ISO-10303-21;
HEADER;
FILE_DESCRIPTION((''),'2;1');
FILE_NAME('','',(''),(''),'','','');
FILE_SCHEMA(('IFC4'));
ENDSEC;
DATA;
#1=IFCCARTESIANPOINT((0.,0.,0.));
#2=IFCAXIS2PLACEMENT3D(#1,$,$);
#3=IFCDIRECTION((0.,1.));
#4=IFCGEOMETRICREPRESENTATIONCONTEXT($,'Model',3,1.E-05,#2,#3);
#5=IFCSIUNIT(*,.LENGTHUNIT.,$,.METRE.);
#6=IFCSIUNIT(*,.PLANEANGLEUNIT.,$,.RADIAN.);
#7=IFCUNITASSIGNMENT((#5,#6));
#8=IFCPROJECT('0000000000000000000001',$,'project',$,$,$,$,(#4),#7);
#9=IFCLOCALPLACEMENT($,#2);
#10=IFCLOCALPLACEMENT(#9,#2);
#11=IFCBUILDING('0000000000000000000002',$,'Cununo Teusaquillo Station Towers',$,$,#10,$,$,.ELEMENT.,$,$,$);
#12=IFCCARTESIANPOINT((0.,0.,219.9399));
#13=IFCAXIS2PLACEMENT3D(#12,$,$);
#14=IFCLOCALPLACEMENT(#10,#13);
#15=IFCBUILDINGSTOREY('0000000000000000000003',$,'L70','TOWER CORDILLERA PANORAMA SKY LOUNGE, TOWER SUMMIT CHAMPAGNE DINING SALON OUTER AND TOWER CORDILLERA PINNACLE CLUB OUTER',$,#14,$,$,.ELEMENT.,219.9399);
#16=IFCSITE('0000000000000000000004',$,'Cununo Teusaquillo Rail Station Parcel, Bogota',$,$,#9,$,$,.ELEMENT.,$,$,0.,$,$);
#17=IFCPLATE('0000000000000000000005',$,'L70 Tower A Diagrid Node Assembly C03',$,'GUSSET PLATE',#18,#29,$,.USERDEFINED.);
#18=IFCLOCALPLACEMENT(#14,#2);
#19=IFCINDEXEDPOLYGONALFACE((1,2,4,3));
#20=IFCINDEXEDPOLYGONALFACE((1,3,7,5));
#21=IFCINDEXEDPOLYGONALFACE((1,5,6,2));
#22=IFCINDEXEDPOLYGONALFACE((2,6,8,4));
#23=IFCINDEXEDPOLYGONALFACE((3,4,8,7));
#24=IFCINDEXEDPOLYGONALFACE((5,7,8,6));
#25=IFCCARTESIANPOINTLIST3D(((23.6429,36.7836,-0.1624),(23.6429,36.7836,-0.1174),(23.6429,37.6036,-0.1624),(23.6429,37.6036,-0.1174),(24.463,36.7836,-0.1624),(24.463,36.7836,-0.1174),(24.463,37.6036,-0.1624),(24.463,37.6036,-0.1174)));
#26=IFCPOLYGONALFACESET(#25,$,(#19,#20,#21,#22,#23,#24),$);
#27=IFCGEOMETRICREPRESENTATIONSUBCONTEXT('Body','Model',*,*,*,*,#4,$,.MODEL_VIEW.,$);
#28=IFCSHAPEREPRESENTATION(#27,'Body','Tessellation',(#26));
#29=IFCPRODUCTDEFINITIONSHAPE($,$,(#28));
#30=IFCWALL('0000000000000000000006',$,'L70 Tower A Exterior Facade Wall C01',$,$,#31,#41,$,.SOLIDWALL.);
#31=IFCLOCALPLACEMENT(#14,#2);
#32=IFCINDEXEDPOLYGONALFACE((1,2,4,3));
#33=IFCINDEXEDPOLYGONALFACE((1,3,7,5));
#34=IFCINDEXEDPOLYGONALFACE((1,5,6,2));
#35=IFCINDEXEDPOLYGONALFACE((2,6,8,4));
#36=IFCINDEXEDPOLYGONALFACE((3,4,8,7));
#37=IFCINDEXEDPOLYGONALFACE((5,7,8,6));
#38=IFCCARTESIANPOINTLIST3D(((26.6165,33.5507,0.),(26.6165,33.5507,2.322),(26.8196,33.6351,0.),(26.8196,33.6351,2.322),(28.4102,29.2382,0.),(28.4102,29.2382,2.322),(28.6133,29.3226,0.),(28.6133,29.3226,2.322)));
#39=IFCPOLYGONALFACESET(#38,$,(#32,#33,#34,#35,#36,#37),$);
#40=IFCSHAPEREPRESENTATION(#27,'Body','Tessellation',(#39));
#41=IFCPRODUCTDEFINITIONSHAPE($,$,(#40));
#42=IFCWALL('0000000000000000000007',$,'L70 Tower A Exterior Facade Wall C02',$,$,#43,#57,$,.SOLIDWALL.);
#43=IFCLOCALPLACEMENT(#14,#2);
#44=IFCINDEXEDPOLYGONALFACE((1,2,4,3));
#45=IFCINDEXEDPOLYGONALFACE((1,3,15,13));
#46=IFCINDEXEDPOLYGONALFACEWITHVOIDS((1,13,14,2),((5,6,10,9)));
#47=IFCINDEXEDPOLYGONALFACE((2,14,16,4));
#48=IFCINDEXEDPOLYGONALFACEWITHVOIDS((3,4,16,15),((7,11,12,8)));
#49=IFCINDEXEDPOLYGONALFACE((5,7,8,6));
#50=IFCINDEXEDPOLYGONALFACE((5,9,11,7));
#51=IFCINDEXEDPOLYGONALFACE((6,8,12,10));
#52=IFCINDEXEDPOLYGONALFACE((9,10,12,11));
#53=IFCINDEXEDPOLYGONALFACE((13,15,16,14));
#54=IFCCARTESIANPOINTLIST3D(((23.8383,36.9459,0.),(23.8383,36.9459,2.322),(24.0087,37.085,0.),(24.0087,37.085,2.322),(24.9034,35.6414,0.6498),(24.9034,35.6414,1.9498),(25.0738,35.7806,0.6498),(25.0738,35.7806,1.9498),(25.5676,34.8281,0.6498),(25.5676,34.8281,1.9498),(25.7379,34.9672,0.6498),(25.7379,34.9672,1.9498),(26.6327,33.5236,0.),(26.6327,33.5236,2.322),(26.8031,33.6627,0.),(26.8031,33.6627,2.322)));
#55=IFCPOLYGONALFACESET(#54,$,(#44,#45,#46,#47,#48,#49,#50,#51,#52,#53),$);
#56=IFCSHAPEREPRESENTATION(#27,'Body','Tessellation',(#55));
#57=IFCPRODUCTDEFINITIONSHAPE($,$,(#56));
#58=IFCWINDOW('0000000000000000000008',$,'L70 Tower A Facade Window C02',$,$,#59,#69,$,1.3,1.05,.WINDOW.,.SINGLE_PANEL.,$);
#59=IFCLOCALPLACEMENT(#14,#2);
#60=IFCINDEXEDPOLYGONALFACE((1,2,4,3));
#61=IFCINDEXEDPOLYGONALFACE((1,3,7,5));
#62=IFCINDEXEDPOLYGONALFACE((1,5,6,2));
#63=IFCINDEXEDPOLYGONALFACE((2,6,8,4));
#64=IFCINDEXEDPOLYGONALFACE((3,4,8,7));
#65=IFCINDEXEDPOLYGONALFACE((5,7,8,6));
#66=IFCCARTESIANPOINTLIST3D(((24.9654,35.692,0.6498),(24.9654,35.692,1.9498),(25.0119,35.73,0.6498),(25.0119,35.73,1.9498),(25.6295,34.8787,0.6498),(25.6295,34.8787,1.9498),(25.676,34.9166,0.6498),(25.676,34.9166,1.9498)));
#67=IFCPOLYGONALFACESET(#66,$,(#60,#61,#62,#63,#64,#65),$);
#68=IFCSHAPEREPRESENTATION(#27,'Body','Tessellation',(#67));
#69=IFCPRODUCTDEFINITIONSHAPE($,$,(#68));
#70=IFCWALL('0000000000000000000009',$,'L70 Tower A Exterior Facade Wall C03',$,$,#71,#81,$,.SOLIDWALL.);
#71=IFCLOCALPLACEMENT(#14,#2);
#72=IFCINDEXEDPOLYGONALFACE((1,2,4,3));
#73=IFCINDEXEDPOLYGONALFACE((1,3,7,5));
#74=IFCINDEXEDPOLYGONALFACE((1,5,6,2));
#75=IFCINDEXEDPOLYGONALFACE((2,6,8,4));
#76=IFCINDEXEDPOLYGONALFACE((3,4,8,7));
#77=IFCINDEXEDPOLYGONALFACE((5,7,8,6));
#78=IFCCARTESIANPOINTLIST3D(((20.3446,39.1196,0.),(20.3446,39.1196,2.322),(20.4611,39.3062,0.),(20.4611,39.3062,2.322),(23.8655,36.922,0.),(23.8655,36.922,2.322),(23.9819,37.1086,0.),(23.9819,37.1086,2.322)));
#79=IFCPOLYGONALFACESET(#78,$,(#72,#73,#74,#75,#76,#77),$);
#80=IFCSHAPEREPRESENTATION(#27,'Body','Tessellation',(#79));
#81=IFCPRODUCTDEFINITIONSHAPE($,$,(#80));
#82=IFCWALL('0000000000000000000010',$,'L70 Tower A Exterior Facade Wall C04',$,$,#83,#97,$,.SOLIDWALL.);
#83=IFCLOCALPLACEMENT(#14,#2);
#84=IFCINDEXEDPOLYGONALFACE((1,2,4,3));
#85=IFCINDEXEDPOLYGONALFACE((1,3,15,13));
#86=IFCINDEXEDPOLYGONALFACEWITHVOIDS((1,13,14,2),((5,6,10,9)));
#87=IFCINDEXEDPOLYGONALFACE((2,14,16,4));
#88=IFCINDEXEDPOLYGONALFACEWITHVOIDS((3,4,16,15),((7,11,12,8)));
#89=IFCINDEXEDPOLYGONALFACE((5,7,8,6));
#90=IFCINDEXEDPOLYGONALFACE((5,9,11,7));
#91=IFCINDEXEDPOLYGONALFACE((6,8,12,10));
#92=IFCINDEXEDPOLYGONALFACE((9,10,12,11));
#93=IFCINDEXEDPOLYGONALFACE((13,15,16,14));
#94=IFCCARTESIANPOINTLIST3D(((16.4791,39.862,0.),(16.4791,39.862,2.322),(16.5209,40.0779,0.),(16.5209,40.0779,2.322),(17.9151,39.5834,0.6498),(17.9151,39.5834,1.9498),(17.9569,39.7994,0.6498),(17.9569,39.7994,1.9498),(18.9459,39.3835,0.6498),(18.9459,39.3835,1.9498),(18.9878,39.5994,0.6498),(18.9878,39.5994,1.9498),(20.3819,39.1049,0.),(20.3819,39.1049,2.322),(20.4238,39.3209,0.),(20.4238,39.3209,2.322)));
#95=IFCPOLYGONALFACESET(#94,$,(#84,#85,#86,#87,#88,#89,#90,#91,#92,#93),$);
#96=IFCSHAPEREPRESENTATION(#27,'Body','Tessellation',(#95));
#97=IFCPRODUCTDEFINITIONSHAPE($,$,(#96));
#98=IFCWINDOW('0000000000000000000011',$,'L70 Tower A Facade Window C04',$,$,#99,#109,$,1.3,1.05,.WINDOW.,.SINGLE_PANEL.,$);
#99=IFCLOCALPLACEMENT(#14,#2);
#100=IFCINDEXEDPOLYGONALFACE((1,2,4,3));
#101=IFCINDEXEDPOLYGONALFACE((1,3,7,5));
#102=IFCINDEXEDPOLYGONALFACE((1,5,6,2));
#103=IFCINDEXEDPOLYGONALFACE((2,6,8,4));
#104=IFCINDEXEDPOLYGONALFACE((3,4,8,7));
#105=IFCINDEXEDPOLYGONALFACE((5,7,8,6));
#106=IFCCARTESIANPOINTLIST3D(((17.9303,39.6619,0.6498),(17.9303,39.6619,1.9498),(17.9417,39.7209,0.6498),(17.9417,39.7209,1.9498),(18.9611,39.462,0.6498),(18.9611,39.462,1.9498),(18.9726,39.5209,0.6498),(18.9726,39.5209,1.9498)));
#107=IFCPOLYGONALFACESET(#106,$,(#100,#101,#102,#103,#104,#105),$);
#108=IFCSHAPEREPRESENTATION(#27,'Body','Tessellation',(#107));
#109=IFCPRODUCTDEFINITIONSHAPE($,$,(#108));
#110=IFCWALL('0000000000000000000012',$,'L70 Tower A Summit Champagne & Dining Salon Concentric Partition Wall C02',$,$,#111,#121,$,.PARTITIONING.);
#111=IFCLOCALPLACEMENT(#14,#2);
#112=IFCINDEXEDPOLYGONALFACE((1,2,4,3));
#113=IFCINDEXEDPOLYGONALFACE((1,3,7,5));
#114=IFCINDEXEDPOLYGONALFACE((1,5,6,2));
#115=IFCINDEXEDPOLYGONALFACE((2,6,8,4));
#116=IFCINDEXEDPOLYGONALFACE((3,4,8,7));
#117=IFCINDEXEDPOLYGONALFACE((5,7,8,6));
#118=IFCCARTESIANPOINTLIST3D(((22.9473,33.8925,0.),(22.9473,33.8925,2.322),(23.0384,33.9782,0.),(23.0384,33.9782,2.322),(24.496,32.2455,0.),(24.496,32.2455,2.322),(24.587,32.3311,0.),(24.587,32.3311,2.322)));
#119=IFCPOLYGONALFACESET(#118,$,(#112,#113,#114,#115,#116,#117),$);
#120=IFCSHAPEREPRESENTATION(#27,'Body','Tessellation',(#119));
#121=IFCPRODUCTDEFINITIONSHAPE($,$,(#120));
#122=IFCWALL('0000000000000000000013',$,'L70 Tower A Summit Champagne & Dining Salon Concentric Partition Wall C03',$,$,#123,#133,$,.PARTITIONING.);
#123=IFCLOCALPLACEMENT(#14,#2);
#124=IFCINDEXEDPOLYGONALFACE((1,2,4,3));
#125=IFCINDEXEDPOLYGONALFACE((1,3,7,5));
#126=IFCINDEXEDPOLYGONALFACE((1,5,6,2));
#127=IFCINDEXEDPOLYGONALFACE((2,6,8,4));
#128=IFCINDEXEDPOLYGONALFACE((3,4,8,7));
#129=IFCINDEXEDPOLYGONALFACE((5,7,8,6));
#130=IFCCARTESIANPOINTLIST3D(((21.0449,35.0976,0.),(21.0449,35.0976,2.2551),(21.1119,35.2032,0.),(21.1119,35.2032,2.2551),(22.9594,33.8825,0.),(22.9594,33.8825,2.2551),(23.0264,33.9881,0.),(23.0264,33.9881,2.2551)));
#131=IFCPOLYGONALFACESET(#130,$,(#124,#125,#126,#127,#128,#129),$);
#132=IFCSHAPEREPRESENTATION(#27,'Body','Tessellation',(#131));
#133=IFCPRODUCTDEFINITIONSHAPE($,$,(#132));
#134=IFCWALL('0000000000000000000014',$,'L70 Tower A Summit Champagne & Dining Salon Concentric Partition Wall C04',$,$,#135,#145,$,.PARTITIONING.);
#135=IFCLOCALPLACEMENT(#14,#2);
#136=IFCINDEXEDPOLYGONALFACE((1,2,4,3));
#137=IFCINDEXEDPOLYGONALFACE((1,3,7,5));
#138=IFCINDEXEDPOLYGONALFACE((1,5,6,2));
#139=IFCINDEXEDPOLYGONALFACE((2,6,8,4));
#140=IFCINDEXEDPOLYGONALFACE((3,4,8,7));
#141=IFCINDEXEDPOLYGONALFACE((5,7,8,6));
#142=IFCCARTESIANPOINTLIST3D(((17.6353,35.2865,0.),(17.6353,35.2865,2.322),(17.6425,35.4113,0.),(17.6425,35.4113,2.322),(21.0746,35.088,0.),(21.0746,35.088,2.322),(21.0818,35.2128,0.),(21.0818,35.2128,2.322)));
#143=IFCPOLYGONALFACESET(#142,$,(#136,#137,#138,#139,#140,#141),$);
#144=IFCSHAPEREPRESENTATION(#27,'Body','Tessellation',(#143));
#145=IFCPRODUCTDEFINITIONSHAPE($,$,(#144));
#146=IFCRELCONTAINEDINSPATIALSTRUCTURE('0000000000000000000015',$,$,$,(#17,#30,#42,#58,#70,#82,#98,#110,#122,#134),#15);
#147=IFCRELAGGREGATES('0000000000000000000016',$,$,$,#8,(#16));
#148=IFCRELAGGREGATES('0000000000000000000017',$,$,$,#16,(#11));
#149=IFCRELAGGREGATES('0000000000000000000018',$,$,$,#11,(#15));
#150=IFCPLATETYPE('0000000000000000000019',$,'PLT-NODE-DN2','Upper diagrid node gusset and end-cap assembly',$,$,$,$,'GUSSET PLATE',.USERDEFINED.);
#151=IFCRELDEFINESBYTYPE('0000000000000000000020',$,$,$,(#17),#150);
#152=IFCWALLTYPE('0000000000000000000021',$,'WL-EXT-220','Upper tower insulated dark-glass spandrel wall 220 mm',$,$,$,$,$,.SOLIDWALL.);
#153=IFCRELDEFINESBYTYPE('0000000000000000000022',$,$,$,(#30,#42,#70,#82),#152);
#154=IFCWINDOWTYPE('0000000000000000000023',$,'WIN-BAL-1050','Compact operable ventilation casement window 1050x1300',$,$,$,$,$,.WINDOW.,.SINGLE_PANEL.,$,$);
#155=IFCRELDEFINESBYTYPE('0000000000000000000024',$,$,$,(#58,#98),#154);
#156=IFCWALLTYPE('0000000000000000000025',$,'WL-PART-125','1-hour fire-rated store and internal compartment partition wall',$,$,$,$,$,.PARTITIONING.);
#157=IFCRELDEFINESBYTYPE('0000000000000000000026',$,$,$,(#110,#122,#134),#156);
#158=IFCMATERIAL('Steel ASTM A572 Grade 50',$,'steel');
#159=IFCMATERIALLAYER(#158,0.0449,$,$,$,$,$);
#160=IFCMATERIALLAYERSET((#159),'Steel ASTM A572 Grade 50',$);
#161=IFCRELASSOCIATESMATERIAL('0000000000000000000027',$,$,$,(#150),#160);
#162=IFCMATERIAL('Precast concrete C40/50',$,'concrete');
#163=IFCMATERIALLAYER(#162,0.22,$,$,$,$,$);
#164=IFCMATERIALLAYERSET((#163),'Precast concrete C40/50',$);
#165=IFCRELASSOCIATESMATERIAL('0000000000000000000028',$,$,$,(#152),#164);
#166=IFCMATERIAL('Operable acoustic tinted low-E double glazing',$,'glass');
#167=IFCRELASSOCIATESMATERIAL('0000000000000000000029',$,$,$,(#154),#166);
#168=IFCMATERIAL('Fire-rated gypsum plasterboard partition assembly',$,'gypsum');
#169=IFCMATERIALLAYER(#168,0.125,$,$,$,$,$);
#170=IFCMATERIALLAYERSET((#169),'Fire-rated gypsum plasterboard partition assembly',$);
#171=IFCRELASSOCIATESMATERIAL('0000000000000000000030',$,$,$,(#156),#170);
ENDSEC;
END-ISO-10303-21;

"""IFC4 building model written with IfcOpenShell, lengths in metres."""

from ifc_helpers import new_model, si_unit, direction, frame, frame_2d, origin, origin_2d, place, context, subcontext, project, spatial, rectangle, extrude, source, transform, mapped, material, layer, layer_set, type_object, element, fill, save


model = new_model("IFC4")

# Units and contexts
model_context = context("Model", 3, precision=1e-05, world=origin(), true_north=direction((0.0, 1.0)))
body_context = subcontext(model_context, "Body", "Model", "MODEL_VIEW")
ifc_project = project(units=[si_unit("LENGTHUNIT", "METRE"), si_unit("PLANEANGLEUNIT", "RADIAN")], contexts=[model_context])

# Site, building, storey
site_placement = place(None, origin())
site = spatial("IfcSite", under=ifc_project, at=site_placement, Name="Cununo Teusaquillo Rail Station Parcel, Bogota", CompositionType="ELEMENT", RefElevation=0.0)
building_placement = place(site_placement, origin())
building = spatial("IfcBuilding", under=site, at=building_placement, Name="Cununo Teusaquillo Station Towers", CompositionType="ELEMENT")
storey_placement = place(building_placement, frame((0.0, 0.0, 219.9399)))
storey = spatial("IfcBuildingStorey", under=building, at=storey_placement, Name="L70", Description="TOWER CORDILLERA PANORAMA SKY LOUNGE, TOWER SUMMIT CHAMPAGNE DINING SALON OUTER AND TOWER CORDILLERA PINNACLE CLUB OUTER", CompositionType="ELEMENT", Elevation=219.9399)

# Plate
ifc_material_1 = material(Name="Steel ASTM A572 Grade 50", Category="steel")
ifc_layer_1 = layer(ifc_material_1, 0.0449)
ifc_layer_set_1 = layer_set([ifc_layer_1], Name="Steel ASTM A572 Grade 50")
plate_type = type_object("IfcPlateType", Name="PLT-NODE-DN2", Description="Upper diagrid node gusset and end-cap assembly", ElementType="GUSSET PLATE", PredefinedType="USERDEFINED", material=ifc_layer_set_1)
shared_shape_1 = source(origin(), body_context, "Body", "SweptSolid", [
    extrude(rectangle(XDim=0.8201, YDim=0.8201, at=origin_2d()), origin(), (0.0, 0.0, 1.0), 0.0449),
])
for number, where, z_axis, x_axis, name in (
    (1, (24.053, 37.1936, -0.1624), (0.0, 0.0, 1.0), (1.0, 0.0, 0.0), "L70 Tower A Diagrid Node Assembly C03"),
):
    element("IfcPlate", number, at=place(storey_placement, frame(where, z_axis=z_axis, x_axis=x_axis)), inside=storey, type_object=plate_type, Name=name, ObjectType="GUSSET PLATE", PredefinedType="USERDEFINED", context=body_context, shape_type="MappedRepresentation", body=[
        mapped(shared_shape_1, transform((0.0, 0.0, 0.0), x_axis=(1.0, 0.0, 0.0), y_axis=(0.0, 1.0, 0.0), z_axis=(0.0, 0.0, 1.0), scale=1.0)),
    ])

# Wall
ifc_material_2 = material(Name="Precast concrete C40/50", Category="concrete")
ifc_layer_2 = layer(ifc_material_2, 0.22)
ifc_layer_set_2 = layer_set([ifc_layer_2], Name="Precast concrete C40/50")
wall_type_1 = type_object("IfcWallType", Name="WL-EXT-220", Description="Upper tower insulated dark-glass spandrel wall 220 mm", PredefinedType="SOLIDWALL", material=ifc_layer_set_2)
wall_1_placement = place(storey_placement, frame((26.718, 33.593, 0.0), z_axis=(0.0, 0.0, 1.0), x_axis=(0.384036, -0.923318, 0.0)))
element("IfcWall", 2, at=wall_1_placement, inside=storey, type_object=wall_type_1, Name="L70 Tower A Exterior Facade Wall C01", PredefinedType="SOLIDWALL", context=body_context, shape_type="SweptSolid", body=[
    extrude(rectangle(XDim=4.6707, YDim=0.22, at=frame_2d((2.3354, 0.0))), origin(), (0.0, 0.0, 1.0), 2.322),
])

# Wall, opening, window
wall_2_placement = place(storey_placement, frame((23.9236, 37.0154, 0.0), z_axis=(0.0, 0.0, 1.0), x_axis=(0.632467, -0.774587, 0.0)))
wall_2 = element("IfcWall", 3, at=wall_2_placement, inside=storey, type_object=wall_type_1, Name="L70 Tower A Exterior Facade Wall C02", PredefinedType="SOLIDWALL", context=body_context, shape_type="SweptSolid", body=[
    extrude(rectangle(XDim=4.4182, YDim=0.22, at=frame_2d((2.209, 0.0))), origin(), (0.0, 0.0, 1.0), 2.322),
])
shared_shape_2 = source(origin(), body_context, "Body", "SweptSolid", [
    extrude(rectangle(XDim=1.05, YDim=1.3, at=frame_2d((0.5249, 0.6499))), frame((0.0, 0.1199, 0.0), z_axis=(0.0, -1.0, 0.0), x_axis=(1.0, 0.0, 0.0)), (0.0, 0.0, 1.0), 0.24),
])
opening_1_placement = place(wall_2_placement, frame((1.6841, 0.0, 0.6499)))
opening_1 = element("IfcOpeningElement", 4, at=opening_1_placement, cuts=wall_2, PredefinedType="OPENING", context=body_context, shape_type="MappedRepresentation", body=[
    mapped(shared_shape_2, transform((0.0, 0.0, 0.0), x_axis=(1.0, 0.0, 0.0), y_axis=(0.0, 1.0, 0.0), z_axis=(0.0, 0.0, 1.0), scale=1.0)),
])
ifc_material_3 = material(Name="Operable acoustic tinted low-E double glazing", Category="glass")
window_type = type_object("IfcWindowType", Name="WIN-BAL-1050", Description="Compact operable ventilation casement window 1050x1300", PartitioningType="SINGLE_PANEL", PredefinedType="WINDOW", material=ifc_material_3)
shared_shape_3 = source(origin(), body_context, "Body", "SweptSolid", [
    extrude(rectangle(XDim=1.05, YDim=1.3, at=frame_2d((0.5249, 0.6499))), frame((0.0, 0.03, 0.0), z_axis=(0.0, -1.0, 0.0), x_axis=(1.0, 0.0, 0.0)), (0.0, 0.0, 1.0), 0.0601),
])
window_1_placement = place(opening_1_placement, origin())
window_1 = element("IfcWindow", 5, at=window_1_placement, inside=storey, type_object=window_type, Name="L70 Tower A Facade Window C02", OverallHeight=1.3, OverallWidth=1.05, PartitioningType="SINGLE_PANEL", PredefinedType="WINDOW", context=body_context, shape_type="MappedRepresentation", body=[
    mapped(shared_shape_3, transform((0.0, 0.0, 0.0), x_axis=(1.0, 0.0, 0.0), y_axis=(0.0, 1.0, 0.0), z_axis=(0.0, 0.0, 1.0), scale=1.0)),
])
fill(opening_1, window_1)

# Wall
wall_3_placement = place(storey_placement, frame((20.4028, 39.2129, 0.0), z_axis=(0.0, 0.0, 1.0), x_axis=(0.848319, -0.529486, 0.0)))
element("IfcWall", 6, at=wall_3_placement, inside=storey, type_object=wall_type_1, Name="L70 Tower A Exterior Facade Wall C03", PredefinedType="SOLIDWALL", context=body_context, shape_type="SweptSolid", body=[
    extrude(rectangle(XDim=4.1504, YDim=0.22, at=frame_2d((2.0752, 0.0))), origin(), (0.0, 0.0, 1.0), 2.322),
])

# Wall, opening, window
wall_4_placement = place(storey_placement, frame((16.5, 39.97, 0.0), z_axis=(0.0, 0.0, 1.0), x_axis=(0.9817, -0.190432, 0.0)))
wall_4 = element("IfcWall", 7, at=wall_4_placement, inside=storey, type_object=wall_type_1, Name="L70 Tower A Exterior Facade Wall C04", PredefinedType="SOLIDWALL", context=body_context, shape_type="SweptSolid", body=[
    extrude(rectangle(XDim=3.9756, YDim=0.22, at=frame_2d((1.9878, 0.0))), origin(), (0.0, 0.0, 1.0), 2.322),
])
opening_2_placement = place(wall_4_placement, frame((1.4629, 0.0, 0.6499)))
opening_2 = element("IfcOpeningElement", 8, at=opening_2_placement, cuts=wall_4, PredefinedType="OPENING", context=body_context, shape_type="MappedRepresentation", body=[
    mapped(shared_shape_2, transform((0.0, 0.0, 0.0), x_axis=(1.0, 0.0, 0.0), y_axis=(0.0, 1.0, 0.0), z_axis=(0.0, 0.0, 1.0), scale=1.0)),
])
window_2_placement = place(opening_2_placement, origin())
window_2 = element("IfcWindow", 9, at=window_2_placement, inside=storey, type_object=window_type, Name="L70 Tower A Facade Window C04", OverallHeight=1.3, OverallWidth=1.05, PartitioningType="SINGLE_PANEL", PredefinedType="WINDOW", context=body_context, shape_type="MappedRepresentation", body=[
    mapped(shared_shape_3, transform((0.0, 0.0, 0.0), x_axis=(1.0, 0.0, 0.0), y_axis=(0.0, 1.0, 0.0), z_axis=(0.0, 0.0, 1.0), scale=1.0)),
])
fill(opening_2, window_2)

# Walls
ifc_material_4 = material(Name="Fire-rated gypsum plasterboard partition assembly", Category="gypsum")
ifc_layer_3 = layer(ifc_material_4, 0.125)
ifc_layer_set_3 = layer_set([ifc_layer_3], Name="Fire-rated gypsum plasterboard partition assembly")
wall_type_2 = type_object("IfcWallType", Name="WL-PART-125", Description="1-hour fire-rated store and internal compartment partition wall", PredefinedType="PARTITIONING", material=ifc_layer_set_3)
wall_5_placement = place(storey_placement, frame((24.5415, 32.2883, 0.0), z_axis=(0.0, 0.0, 1.0), x_axis=(-0.685011, 0.728533, 0.0)))
element("IfcWall", 10, at=wall_5_placement, inside=storey, type_object=wall_type_2, Name="L70 Tower A Summit Champagne & Dining Salon Concentric Partition Wall C02", PredefinedType="PARTITIONING", context=body_context, shape_type="SweptSolid", body=[
    extrude(rectangle(XDim=2.2607, YDim=0.125, at=frame_2d((1.1304, 0.0))), origin(), (0.0, 0.0, 1.0), 2.322),
])
wall_6_placement = place(storey_placement, frame((22.9929, 33.9353, 0.0), z_axis=(0.0, 0.0, 1.0), x_axis=(-0.844313, 0.535851, 0.0)))
element("IfcWall", 11, at=wall_6_placement, inside=storey, type_object=wall_type_2, Name="L70 Tower A Summit Champagne & Dining Salon Concentric Partition Wall C03", PredefinedType="PARTITIONING", context=body_context, shape_type="SweptSolid", body=[
    extrude(rectangle(XDim=2.2676, YDim=0.125, at=frame_2d((1.1338, 0.0))), origin(), (0.0, 0.0, 1.0), 2.2551),
])
wall_7_placement = place(storey_placement, frame((21.0784, 35.1504, 0.0), z_axis=(0.0, 0.0, 1.0), x_axis=(-0.998339, 0.057613, 0.0)))
element("IfcWall", 12, at=wall_7_placement, inside=storey, type_object=wall_type_2, Name="L70 Tower A Summit Champagne & Dining Salon Concentric Partition Wall C04", PredefinedType="PARTITIONING", context=body_context, shape_type="SweptSolid", body=[
    extrude(rectangle(XDim=3.4451, YDim=0.125, at=frame_2d((1.7227, 0.0))), origin(), (0.0, 0.0, 1.0), 2.322),
])

save(model, "model.ifc")
